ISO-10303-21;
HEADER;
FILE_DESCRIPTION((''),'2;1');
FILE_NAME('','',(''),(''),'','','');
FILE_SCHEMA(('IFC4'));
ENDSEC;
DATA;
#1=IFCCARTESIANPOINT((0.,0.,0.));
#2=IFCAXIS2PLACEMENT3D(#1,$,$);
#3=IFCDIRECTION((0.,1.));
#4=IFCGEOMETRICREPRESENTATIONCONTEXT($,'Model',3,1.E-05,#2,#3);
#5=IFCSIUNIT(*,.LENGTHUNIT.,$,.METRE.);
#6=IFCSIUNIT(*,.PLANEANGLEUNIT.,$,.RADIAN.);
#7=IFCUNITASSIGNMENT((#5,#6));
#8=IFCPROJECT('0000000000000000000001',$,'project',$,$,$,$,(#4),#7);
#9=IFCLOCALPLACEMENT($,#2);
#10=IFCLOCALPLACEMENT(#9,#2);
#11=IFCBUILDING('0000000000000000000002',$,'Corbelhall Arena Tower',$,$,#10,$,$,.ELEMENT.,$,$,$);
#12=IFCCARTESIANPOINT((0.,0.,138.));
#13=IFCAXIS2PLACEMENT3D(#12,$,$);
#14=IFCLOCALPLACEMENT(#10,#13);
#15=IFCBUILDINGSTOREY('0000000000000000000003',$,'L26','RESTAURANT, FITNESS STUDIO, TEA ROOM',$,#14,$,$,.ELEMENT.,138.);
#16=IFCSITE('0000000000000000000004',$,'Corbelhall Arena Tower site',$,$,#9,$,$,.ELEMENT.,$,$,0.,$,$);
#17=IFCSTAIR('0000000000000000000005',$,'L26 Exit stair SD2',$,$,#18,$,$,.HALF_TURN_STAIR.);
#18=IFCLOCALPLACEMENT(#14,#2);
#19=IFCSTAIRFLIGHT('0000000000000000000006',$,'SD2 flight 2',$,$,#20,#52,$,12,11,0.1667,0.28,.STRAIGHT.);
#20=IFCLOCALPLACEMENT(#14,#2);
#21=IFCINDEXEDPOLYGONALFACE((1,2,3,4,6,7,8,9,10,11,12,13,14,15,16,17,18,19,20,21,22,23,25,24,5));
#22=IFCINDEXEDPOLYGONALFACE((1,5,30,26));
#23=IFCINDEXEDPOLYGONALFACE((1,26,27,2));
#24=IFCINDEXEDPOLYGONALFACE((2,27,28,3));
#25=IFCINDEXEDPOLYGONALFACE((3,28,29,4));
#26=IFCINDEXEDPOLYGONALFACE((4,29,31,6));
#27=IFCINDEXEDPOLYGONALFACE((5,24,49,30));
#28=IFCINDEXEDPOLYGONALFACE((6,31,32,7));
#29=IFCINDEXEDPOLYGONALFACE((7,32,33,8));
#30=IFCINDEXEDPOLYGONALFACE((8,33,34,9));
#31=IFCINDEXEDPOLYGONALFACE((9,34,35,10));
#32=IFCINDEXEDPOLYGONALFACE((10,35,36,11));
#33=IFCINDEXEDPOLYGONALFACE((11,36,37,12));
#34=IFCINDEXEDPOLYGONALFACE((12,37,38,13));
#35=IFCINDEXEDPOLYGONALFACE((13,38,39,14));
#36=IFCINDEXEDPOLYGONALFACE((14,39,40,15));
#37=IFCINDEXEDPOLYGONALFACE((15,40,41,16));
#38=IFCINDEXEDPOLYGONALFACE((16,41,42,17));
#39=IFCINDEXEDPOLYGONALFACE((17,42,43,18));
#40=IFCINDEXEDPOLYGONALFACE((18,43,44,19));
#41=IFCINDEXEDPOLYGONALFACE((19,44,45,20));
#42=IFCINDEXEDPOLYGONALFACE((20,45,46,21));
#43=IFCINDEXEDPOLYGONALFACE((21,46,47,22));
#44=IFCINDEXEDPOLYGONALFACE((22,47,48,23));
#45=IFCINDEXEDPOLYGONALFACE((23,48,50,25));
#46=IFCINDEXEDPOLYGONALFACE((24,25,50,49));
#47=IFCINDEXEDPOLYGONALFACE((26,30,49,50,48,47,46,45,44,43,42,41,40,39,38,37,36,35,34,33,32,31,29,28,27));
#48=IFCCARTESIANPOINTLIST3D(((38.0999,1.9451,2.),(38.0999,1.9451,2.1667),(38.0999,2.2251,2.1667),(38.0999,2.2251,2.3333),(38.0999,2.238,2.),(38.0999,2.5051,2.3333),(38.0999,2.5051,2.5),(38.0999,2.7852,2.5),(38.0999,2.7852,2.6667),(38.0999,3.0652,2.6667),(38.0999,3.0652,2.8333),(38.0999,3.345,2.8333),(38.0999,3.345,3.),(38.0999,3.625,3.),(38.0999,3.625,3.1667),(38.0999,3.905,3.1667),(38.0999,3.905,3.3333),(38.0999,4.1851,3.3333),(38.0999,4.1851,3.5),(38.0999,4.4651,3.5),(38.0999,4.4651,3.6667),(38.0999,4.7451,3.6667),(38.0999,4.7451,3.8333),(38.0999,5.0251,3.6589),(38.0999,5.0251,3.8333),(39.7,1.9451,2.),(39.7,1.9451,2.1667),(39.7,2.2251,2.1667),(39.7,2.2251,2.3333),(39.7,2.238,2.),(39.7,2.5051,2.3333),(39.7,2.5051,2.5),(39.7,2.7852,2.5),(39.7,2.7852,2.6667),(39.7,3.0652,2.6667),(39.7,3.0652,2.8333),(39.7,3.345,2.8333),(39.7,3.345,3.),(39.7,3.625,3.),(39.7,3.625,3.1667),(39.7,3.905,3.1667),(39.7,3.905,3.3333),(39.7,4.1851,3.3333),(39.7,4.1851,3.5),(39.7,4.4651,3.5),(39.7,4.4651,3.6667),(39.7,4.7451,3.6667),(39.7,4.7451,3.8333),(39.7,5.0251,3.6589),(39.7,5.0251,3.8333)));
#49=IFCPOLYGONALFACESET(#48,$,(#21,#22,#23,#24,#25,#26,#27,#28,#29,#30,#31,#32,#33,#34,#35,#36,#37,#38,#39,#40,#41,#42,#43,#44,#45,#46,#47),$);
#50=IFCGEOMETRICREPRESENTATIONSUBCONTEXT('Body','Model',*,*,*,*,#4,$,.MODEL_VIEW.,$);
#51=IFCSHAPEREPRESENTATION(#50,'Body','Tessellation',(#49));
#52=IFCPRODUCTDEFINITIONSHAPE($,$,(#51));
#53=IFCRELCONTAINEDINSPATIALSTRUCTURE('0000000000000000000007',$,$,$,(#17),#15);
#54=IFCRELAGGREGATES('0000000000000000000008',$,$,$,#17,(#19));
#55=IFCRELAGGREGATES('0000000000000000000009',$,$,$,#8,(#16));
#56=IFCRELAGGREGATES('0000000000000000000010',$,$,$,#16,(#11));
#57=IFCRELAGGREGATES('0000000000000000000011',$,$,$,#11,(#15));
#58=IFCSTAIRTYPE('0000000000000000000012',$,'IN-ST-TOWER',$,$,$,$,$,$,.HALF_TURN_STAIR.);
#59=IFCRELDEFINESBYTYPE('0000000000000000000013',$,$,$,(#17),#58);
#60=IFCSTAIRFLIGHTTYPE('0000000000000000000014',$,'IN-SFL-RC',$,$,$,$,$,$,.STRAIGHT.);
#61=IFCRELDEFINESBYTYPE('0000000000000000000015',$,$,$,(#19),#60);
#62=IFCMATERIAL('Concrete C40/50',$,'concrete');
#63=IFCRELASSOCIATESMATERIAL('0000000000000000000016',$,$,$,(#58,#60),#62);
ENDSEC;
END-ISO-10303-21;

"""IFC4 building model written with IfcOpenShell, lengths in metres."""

from ifc_helpers import new_model, si_unit, direction, frame, origin, place, context, subcontext, project, spatial, polyline, outline, extrude, material, type_object, element, aggregate, save


model = new_model("IFC4")

# Units and contexts
model_context = context("Model", 3, precision=1e-05, world=origin(), true_north=direction((0.0, 1.0)))
body_context = subcontext(model_context, "Body", "Model", "MODEL_VIEW")
ifc_project = project(units=[si_unit("LENGTHUNIT", "METRE"), si_unit("PLANEANGLEUNIT", "RADIAN")], contexts=[model_context])

# Site, building, storey
site_placement = place(None, origin())
site = spatial("IfcSite", under=ifc_project, at=site_placement, Name="Corbelhall Arena Tower site", CompositionType="ELEMENT", RefElevation=0.0)
building_placement = place(site_placement, origin())
building = spatial("IfcBuilding", under=site, at=building_placement, Name="Corbelhall Arena Tower", CompositionType="ELEMENT")
storey_placement = place(building_placement, frame((0.0, 0.0, 138.0)))
storey = spatial("IfcBuildingStorey", under=building, at=storey_placement, Name="L26", Description="RESTAURANT, FITNESS STUDIO, TEA ROOM", CompositionType="ELEMENT", Elevation=138.0)

# Shared definitions
ifc_material_1 = material(Name="Concrete C40/50", Category="concrete")

# Stair, stair flight
stair_type = type_object("IfcStairType", Name="IN-ST-TOWER", PredefinedType="HALF_TURN_STAIR", material=ifc_material_1)
stair_placement = place(storey_placement, origin())
stair = element("IfcStair", 1, at=stair_placement, inside=storey, type_object=stair_type, Name="L26 Exit stair SD2", PredefinedType="HALF_TURN_STAIR")
stair_flight_type = type_object("IfcStairFlightType", Name="IN-SFL-RC", PredefinedType="STRAIGHT", material=ifc_material_1)
stair_flight_1_placement = place(storey_placement, frame((38.8999, 1.9451, 2.0), z_axis=(0.0, 0.0, 1.0), x_axis=(0.0, 1.0, 0.0)))
stair_flight_1 = element("IfcStairFlight", 2, at=stair_flight_1_placement, type_object=stair_flight_type, Name="SD2 flight 2", NumberOfRisers=12, NumberOfTreads=11, PredefinedType="STRAIGHT", RiserHeight=0.1667, TreadLength=0.28, context=body_context, shape_type="SweptSolid", body=[
    extrude(outline(polyline([(0.0, 0.0), (0.0, 0.1667), (0.28, 0.1667), (0.28, 0.3333), (0.5601, 0.3333), (0.5601, 0.5), (0.8401, 0.5), (0.8401, 0.6667), (1.1201, 0.6667), (1.1201, 0.8333), (1.3999, 0.8333), (1.3999, 1.0), (1.6799, 1.0), (1.6799, 1.1667), (1.96, 1.1667), (1.96, 1.3333), (2.24, 1.3333), (2.24, 1.5), (2.52, 1.5), (2.52, 1.6667), (2.8, 1.6667), (2.8, 1.8333), (3.0801, 1.8333), (3.0801, 2.0), (3.0801, 1.6589), (0.293, 0.0), (0.0, 0.0)])), frame((0.0, 0.8, 0.0), z_axis=(0.0, -1.0, 0.0), x_axis=(1.0, 0.0, 0.0)), (0.0, 0.0, 1.0), 1.6001),
])
aggregate(stair, [stair_flight_1])

save(model, "model.ifc")
